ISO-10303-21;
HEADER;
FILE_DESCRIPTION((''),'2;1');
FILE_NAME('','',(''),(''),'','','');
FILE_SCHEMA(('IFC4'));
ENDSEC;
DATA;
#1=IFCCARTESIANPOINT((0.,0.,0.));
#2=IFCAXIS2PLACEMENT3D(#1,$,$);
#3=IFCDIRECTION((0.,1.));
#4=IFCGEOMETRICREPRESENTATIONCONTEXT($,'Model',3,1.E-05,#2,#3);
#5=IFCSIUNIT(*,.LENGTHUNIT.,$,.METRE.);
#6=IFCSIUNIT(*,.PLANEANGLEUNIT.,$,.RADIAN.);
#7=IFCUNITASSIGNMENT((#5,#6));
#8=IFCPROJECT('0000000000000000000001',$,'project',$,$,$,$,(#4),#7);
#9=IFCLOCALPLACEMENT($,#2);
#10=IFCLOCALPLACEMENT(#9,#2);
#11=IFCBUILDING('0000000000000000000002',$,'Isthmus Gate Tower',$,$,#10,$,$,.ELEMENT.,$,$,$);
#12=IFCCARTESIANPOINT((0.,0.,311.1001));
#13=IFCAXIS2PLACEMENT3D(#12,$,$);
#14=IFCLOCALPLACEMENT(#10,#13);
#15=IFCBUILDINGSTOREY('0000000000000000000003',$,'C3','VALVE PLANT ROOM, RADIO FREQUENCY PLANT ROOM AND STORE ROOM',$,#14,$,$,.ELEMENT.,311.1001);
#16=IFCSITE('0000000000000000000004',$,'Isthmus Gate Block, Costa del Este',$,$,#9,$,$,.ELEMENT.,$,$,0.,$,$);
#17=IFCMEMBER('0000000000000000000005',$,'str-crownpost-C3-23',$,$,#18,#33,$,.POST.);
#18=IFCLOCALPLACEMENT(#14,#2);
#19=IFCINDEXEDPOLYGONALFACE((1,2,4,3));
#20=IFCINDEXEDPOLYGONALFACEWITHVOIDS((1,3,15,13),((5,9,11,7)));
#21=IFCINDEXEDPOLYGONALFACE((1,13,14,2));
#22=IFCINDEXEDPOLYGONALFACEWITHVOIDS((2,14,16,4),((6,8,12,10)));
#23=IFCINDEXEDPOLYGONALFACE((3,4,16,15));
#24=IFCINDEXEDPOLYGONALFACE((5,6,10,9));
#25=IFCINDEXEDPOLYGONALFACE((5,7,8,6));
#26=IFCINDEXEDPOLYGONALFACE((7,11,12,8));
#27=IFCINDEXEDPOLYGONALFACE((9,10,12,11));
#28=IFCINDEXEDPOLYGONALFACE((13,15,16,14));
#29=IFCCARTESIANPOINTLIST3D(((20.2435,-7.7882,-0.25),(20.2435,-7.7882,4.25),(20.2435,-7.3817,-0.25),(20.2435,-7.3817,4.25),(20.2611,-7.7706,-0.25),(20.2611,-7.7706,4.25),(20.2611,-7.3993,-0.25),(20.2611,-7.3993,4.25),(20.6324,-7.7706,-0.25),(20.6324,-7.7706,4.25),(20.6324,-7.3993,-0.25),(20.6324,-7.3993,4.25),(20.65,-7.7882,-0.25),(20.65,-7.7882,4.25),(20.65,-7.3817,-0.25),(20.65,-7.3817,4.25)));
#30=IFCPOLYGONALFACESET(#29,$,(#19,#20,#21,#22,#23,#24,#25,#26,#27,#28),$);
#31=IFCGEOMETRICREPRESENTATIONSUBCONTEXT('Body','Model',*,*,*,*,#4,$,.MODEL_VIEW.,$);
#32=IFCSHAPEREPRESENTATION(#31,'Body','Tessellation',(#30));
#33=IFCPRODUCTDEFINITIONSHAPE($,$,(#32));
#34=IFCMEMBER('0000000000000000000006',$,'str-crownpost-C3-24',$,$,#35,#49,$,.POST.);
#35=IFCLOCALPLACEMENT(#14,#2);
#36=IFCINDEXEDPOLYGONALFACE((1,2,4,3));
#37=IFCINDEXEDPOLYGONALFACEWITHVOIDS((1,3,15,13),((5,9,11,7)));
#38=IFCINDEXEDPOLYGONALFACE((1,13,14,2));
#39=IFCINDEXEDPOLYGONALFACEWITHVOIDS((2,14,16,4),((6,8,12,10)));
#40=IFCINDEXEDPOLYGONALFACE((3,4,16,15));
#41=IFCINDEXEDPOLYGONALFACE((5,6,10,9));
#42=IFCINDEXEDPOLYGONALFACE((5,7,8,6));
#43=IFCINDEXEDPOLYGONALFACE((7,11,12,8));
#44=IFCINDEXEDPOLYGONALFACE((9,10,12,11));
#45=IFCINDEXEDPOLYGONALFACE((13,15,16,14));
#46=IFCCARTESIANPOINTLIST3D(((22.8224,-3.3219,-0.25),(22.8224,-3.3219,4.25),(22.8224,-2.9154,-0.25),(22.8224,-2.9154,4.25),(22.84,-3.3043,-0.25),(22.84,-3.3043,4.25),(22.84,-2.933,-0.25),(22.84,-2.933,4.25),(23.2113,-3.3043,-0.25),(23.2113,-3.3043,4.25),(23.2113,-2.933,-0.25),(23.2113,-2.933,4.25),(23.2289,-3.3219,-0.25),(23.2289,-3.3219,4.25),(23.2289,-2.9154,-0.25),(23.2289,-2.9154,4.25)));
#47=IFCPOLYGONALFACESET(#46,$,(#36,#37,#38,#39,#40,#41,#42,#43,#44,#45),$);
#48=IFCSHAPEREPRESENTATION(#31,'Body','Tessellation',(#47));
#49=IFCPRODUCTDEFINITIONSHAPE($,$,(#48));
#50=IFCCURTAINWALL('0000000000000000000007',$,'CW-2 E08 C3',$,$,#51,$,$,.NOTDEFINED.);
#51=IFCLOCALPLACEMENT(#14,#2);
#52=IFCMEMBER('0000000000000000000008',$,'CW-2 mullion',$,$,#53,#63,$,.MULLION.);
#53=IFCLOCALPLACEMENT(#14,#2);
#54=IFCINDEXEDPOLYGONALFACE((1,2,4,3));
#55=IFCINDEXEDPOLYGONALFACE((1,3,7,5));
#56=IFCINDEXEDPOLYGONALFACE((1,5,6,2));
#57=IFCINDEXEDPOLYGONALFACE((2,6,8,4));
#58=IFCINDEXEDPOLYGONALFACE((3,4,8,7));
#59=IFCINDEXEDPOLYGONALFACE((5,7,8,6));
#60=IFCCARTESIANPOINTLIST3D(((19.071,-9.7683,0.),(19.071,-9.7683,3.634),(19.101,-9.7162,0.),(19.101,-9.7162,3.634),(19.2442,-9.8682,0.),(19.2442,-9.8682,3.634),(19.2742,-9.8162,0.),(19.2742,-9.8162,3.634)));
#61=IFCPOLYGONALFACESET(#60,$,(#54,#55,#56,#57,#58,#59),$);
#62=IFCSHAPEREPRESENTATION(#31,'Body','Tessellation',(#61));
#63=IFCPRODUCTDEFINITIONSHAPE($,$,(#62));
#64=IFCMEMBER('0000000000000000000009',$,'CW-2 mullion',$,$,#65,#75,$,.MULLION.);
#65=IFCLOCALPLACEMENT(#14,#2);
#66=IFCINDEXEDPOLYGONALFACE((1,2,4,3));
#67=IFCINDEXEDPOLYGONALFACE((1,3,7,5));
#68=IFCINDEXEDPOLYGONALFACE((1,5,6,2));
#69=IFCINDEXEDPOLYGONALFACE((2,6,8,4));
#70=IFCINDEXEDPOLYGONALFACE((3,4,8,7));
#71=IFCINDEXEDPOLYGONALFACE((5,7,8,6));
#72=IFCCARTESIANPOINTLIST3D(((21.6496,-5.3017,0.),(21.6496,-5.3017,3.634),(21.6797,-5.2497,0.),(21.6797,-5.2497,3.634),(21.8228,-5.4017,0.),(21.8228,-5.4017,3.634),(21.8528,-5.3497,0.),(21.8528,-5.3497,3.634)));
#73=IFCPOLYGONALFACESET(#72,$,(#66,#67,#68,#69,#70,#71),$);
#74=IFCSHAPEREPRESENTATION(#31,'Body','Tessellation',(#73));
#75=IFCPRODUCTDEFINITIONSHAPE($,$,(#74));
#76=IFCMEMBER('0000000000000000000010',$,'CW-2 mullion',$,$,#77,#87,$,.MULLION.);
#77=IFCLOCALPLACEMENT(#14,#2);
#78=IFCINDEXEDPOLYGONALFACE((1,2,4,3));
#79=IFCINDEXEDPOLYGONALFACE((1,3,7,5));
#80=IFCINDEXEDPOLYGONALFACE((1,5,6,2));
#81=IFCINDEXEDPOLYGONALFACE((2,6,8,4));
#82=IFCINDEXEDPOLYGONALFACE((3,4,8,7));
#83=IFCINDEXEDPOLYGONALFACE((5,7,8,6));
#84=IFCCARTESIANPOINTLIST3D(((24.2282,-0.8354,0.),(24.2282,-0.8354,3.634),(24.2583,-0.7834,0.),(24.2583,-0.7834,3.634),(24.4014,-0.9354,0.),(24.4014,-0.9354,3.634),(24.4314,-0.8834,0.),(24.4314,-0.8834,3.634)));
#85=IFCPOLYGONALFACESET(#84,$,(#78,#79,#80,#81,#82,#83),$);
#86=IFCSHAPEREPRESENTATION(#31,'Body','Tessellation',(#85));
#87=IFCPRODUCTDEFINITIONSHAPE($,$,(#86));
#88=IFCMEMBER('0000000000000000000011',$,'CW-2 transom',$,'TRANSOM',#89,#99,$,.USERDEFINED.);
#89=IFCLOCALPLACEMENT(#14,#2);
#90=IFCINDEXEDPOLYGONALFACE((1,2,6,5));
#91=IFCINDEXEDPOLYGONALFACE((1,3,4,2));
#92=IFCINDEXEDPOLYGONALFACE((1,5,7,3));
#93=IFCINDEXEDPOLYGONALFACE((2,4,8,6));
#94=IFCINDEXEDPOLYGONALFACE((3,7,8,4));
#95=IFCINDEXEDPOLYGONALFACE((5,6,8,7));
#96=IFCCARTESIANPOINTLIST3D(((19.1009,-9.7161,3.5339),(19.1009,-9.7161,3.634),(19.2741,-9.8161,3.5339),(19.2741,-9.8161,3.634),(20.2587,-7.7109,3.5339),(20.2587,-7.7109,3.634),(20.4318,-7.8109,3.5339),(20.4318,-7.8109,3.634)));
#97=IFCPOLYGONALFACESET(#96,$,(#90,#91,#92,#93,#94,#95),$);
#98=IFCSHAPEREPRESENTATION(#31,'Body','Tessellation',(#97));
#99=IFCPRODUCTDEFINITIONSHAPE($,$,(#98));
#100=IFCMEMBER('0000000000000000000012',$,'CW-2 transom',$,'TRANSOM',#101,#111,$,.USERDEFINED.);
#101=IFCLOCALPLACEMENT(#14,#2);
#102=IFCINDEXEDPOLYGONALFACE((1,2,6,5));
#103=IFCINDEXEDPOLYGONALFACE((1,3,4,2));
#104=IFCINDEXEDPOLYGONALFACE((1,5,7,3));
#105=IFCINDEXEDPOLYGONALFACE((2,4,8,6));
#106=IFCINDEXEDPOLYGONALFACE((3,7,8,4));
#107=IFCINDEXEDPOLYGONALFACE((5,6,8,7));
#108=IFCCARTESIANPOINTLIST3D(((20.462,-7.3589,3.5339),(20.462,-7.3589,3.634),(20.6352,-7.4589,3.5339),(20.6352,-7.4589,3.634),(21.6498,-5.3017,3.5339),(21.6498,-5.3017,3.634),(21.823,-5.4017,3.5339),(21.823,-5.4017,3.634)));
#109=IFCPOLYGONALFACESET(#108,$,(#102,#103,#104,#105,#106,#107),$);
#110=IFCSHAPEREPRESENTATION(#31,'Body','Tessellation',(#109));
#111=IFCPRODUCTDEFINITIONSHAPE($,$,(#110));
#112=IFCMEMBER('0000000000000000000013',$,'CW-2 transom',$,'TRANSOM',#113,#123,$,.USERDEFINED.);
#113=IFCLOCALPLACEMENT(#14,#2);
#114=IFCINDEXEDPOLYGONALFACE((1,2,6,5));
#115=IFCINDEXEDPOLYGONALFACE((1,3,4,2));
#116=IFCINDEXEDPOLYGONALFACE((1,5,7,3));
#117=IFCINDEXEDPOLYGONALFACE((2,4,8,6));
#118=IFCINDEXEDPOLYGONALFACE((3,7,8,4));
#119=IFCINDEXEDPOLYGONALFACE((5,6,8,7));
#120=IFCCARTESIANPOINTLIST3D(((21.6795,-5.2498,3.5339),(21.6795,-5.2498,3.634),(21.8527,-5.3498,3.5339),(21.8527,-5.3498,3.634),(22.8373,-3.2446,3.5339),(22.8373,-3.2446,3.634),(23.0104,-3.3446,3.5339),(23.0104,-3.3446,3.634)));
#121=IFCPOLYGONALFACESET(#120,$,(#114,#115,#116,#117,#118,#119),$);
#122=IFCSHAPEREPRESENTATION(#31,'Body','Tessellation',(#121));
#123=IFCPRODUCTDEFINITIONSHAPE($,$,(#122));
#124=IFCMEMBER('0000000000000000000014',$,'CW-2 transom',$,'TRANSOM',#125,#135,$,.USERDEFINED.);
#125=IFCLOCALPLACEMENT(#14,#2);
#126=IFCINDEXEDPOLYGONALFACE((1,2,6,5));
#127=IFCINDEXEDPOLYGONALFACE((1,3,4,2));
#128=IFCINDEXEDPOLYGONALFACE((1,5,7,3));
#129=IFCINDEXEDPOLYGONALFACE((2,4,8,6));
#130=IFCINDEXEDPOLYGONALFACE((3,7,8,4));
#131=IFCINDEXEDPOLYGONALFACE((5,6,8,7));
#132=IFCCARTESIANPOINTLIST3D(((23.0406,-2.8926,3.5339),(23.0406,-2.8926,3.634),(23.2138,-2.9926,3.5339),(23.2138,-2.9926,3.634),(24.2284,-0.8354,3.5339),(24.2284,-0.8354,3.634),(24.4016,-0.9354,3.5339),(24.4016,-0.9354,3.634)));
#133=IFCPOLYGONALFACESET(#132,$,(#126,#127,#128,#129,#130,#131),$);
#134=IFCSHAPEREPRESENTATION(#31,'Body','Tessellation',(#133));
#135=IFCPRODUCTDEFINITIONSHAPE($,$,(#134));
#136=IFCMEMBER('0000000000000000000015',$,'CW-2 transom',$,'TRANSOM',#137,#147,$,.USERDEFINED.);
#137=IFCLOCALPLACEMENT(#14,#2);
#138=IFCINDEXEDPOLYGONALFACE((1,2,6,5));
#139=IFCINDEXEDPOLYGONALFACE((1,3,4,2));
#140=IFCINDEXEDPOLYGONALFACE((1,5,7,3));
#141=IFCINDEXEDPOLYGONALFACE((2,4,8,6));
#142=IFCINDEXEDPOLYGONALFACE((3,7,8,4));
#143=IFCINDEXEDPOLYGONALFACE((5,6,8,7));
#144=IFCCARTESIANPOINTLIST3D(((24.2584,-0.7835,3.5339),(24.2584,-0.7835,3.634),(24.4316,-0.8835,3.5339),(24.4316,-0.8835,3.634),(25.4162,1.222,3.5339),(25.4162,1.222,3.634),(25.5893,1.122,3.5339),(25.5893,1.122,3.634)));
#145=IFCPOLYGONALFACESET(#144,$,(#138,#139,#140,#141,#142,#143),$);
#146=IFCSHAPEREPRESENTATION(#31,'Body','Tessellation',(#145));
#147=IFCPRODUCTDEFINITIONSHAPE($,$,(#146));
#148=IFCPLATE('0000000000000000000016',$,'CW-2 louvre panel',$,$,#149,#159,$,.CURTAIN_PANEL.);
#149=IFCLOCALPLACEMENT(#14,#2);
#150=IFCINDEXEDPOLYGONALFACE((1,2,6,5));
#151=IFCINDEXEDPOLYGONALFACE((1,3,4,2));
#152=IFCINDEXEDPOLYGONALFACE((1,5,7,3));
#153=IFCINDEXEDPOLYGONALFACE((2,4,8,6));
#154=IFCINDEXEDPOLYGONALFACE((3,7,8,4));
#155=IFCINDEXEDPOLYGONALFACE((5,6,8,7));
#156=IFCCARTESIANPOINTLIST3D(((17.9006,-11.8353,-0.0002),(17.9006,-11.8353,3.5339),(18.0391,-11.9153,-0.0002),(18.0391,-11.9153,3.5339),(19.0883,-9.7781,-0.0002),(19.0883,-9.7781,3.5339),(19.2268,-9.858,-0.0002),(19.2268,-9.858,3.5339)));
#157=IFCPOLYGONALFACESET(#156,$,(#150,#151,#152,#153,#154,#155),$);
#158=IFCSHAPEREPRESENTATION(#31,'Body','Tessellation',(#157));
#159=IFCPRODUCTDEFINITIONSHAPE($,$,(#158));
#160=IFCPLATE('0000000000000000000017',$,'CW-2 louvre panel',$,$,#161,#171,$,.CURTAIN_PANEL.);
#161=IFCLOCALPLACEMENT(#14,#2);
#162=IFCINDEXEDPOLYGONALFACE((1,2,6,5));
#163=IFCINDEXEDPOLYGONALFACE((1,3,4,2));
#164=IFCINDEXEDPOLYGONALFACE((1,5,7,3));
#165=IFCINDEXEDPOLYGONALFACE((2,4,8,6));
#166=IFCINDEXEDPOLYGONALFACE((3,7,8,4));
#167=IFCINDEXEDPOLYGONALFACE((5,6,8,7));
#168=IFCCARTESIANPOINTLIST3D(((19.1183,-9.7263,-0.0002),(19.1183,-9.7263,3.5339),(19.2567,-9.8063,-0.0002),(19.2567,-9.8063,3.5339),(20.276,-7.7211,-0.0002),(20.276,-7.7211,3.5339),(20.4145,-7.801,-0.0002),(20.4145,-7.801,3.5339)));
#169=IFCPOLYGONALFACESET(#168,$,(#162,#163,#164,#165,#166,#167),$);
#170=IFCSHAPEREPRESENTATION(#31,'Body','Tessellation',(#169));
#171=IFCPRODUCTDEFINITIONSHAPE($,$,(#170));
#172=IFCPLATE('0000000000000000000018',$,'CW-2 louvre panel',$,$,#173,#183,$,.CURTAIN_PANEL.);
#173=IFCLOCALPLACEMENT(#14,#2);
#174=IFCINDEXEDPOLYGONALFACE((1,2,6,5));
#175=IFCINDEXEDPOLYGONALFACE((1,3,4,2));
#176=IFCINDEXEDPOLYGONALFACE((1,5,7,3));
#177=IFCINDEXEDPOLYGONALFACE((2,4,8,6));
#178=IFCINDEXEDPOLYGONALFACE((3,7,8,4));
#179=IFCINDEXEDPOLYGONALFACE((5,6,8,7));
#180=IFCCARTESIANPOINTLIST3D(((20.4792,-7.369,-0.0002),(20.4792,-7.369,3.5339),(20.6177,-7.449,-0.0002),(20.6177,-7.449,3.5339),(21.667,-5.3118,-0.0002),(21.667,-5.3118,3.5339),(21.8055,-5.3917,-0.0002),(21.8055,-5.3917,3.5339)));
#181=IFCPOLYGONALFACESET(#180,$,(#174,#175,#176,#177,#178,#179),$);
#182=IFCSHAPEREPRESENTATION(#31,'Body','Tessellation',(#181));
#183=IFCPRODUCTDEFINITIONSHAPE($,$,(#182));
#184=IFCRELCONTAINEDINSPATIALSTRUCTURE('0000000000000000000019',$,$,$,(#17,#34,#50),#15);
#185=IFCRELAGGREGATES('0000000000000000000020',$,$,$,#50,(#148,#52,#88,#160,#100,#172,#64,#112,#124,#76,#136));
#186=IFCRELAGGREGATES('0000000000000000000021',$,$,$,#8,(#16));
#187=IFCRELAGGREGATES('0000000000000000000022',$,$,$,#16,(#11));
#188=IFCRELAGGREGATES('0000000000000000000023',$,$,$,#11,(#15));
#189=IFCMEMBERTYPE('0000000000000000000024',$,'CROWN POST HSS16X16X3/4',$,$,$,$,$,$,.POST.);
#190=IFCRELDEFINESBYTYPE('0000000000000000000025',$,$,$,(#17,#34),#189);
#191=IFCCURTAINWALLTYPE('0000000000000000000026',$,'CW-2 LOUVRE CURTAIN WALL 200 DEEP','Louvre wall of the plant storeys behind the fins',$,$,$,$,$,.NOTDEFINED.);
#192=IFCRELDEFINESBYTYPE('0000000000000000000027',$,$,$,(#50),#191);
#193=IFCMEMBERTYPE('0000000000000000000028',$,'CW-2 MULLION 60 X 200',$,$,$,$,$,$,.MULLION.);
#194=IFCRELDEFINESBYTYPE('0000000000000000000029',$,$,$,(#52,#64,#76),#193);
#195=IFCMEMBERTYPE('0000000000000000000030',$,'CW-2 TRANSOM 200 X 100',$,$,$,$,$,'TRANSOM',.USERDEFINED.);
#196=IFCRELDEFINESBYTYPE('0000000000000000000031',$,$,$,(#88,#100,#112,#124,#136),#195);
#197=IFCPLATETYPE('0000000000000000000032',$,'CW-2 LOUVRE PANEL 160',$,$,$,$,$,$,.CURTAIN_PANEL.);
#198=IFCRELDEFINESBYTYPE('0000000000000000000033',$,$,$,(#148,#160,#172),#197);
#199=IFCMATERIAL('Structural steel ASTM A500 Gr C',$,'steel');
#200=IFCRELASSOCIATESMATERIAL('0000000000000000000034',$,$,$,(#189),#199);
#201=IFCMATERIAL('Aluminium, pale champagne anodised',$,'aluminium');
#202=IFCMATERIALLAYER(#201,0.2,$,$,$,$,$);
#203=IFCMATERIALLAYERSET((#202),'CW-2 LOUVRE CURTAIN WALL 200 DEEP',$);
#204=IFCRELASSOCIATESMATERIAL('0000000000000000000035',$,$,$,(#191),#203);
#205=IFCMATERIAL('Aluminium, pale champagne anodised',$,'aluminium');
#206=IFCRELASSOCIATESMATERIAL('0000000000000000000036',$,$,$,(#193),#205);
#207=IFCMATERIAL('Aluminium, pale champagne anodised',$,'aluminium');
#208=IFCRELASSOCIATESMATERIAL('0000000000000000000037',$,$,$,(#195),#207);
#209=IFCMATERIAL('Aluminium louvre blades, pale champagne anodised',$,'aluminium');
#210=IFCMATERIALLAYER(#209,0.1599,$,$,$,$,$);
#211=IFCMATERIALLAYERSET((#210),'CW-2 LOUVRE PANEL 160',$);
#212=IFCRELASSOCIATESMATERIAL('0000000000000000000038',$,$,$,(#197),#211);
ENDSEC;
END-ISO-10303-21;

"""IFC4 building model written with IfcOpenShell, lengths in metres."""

from ifc_helpers import new_model, si_unit, direction, frame, origin, origin_2d, place, context, subcontext, project, spatial, rectangle, hollow_rectangle, extrude, material, layer, layer_set, material_profile, profile_set, type_object, element, aggregate, save


model = new_model("IFC4")

# Units and contexts
model_context = context("Model", 3, precision=1e-05, world=origin(), true_north=direction((0.0, 1.0)))
body_context = subcontext(model_context, "Body", "Model", "MODEL_VIEW")
ifc_project = project(units=[si_unit("LENGTHUNIT", "METRE"), si_unit("PLANEANGLEUNIT", "RADIAN")], contexts=[model_context])

# Site, building, storey
site_placement = place(None, origin())
site = spatial("IfcSite", under=ifc_project, at=site_placement, Name="Isthmus Gate Block, Costa del Este", CompositionType="ELEMENT", RefElevation=0.0)
building_placement = place(site_placement, origin())
building = spatial("IfcBuilding", under=site, at=building_placement, Name="Isthmus Gate Tower", CompositionType="ELEMENT")
storey_placement = place(building_placement, frame((0.0, 0.0, 311.1001)))
storey = spatial("IfcBuildingStorey", under=building, at=storey_placement, Name="C3", Description="VALVE PLANT ROOM, RADIO FREQUENCY PLANT ROOM AND STORE ROOM", CompositionType="ELEMENT", Elevation=311.1001)

# Members
ifc_material_1 = material(Name="Structural steel ASTM A500 Gr C", Category="steel")
ifc_material_profile_1 = material_profile(ifc_material_1, hollow_rectangle(XDim=0.4065, YDim=0.4065, WallThickness=0.0176, at=origin_2d()), Name="HSS16X16X3/4")
ifc_profile_set_1 = profile_set([ifc_material_profile_1], Name="Structural steel ASTM A500 Gr C")
member_type_1 = type_object("IfcMemberType", Name="CROWN POST HSS16X16X3/4", PredefinedType="POST", material=ifc_profile_set_1)
for number, where, z_axis, x_axis, name in (
    (1, (20.4468, -7.585, -0.25), (0.0, 0.0, 1.0), (1.0, 0.0, 0.0), "str-crownpost-C3-23"),
    (2, (23.0256, -3.1187, -0.25), (0.0, 0.0, 1.0), (1.0, 0.0, 0.0), "str-crownpost-C3-24"),
):
    element("IfcMember", number, at=place(storey_placement, frame(where, z_axis=z_axis, x_axis=x_axis)), inside=storey, type_object=member_type_1, Name=name, PredefinedType="POST", context=body_context, shape_type="SweptSolid", body=[
        extrude(hollow_rectangle(XDim=0.4065, YDim=0.4065, WallThickness=0.0176, at=origin_2d()), origin(), (0.0, 0.0, 1.0), 4.5),
    ])

# Curtain wall, members, plates
ifc_material_2 = material(Name="Aluminium, pale champagne anodised", Category="aluminium")
ifc_layer_1 = layer(ifc_material_2, 0.2)
ifc_layer_set_1 = layer_set([ifc_layer_1], Name="CW-2 LOUVRE CURTAIN WALL 200 DEEP")
curtain_wall_type = type_object("IfcCurtainWallType", Name="CW-2 LOUVRE CURTAIN WALL 200 DEEP", Description="Louvre wall of the plant storeys behind the fins", PredefinedType="NOTDEFINED", material=ifc_layer_set_1)
curtain_wall_placement = place(storey_placement, origin())
curtain_wall = element("IfcCurtainWall", 3, at=curtain_wall_placement, inside=storey, type_object=curtain_wall_type, Name="CW-2 E08 C3", PredefinedType="NOTDEFINED")
ifc_material_3 = material(Name="Aluminium, pale champagne anodised", Category="aluminium")
ifc_material_profile_2 = material_profile(ifc_material_3, rectangle(XDim=0.0601, YDim=0.2, at=origin_2d()), Name="60x200")
ifc_profile_set_2 = profile_set([ifc_material_profile_2], Name="Aluminium, pale champagne anodised")
member_type_2 = type_object("IfcMemberType", Name="CW-2 MULLION 60 X 200", PredefinedType="MULLION", material=ifc_profile_set_2)
member_1_placement = place(storey_placement, frame((19.1726, -9.7922, 0.0), z_axis=(0.0, 0.0, 1.0), x_axis=(0.5, 0.866025, 0.0)))
member_1 = element("IfcMember", 4, at=member_1_placement, type_object=member_type_2, Name="CW-2 mullion", PredefinedType="MULLION", context=body_context, shape_type="SweptSolid", body=[
    extrude(rectangle(XDim=0.0601, YDim=0.2, at=origin_2d()), origin(), (0.0, 0.0, 1.0), 3.634),
])
member_2_placement = place(storey_placement, frame((21.7512, -5.3257, 0.0), z_axis=(0.0, 0.0, 1.0), x_axis=(0.5, 0.866025, 0.0)))
member_2 = element("IfcMember", 5, at=member_2_placement, type_object=member_type_2, Name="CW-2 mullion", PredefinedType="MULLION", context=body_context, shape_type="SweptSolid", body=[
    extrude(rectangle(XDim=0.0601, YDim=0.2, at=origin_2d()), origin(), (0.0, 0.0, 1.0), 3.634),
])
member_3_placement = place(storey_placement, frame((24.3298, -0.8594, 0.0), z_axis=(0.0, 0.0, 1.0), x_axis=(0.5, 0.866025, 0.0)))
member_3 = element("IfcMember", 6, at=member_3_placement, type_object=member_type_2, Name="CW-2 mullion", PredefinedType="MULLION", context=body_context, shape_type="SweptSolid", body=[
    extrude(rectangle(XDim=0.0601, YDim=0.2, at=origin_2d()), origin(), (0.0, 0.0, 1.0), 3.634),
])
ifc_material_4 = material(Name="Aluminium, pale champagne anodised", Category="aluminium")
ifc_material_profile_3 = material_profile(ifc_material_4, rectangle(XDim=0.2, YDim=0.1001, at=origin_2d()), Name="200x100")
ifc_profile_set_3 = profile_set([ifc_material_profile_3], Name="Aluminium, pale champagne anodised")
member_type_3 = type_object("IfcMemberType", Name="CW-2 TRANSOM 200 X 100", ElementType="TRANSOM", PredefinedType="USERDEFINED", material=ifc_profile_set_3)
member_4_placement = place(storey_placement, frame((19.1875, -9.7661, 3.584), z_axis=(0.500018, 0.866015, 0.0), x_axis=(-0.866015, 0.500018, 0.0)))
member_4 = element("IfcMember", 7, at=member_4_placement, type_object=member_type_3, Name="CW-2 transom", ObjectType="TRANSOM", PredefinedType="USERDEFINED", context=body_context, shape_type="SweptSolid", body=[
    extrude(rectangle(XDim=0.2, YDim=0.1001, at=origin_2d()), origin(), (0.0, 0.0, 1.0), 2.3154),
])
member_5_placement = place(storey_placement, frame((20.5486, -7.4089, 3.584), z_axis=(0.500019, 0.866014, 0.0), x_axis=(-0.866014, 0.500019, 0.0)))
member_5 = element("IfcMember", 8, at=member_5_placement, type_object=member_type_3, Name="CW-2 transom", ObjectType="TRANSOM", PredefinedType="USERDEFINED", context=body_context, shape_type="SweptSolid", body=[
    extrude(rectangle(XDim=0.2, YDim=0.1001, at=origin_2d()), origin(), (0.0, 0.0, 1.0), 2.3755),
])
member_6_placement = place(storey_placement, frame((21.7661, -5.2998, 3.584), z_axis=(0.500018, 0.866015, 0.0), x_axis=(-0.866015, 0.500018, 0.0)))
member_6 = element("IfcMember", 9, at=member_6_placement, type_object=member_type_3, Name="CW-2 transom", ObjectType="TRANSOM", PredefinedType="USERDEFINED", context=body_context, shape_type="SweptSolid", body=[
    extrude(rectangle(XDim=0.2, YDim=0.1001, at=origin_2d()), origin(), (0.0, 0.0, 1.0), 2.3154),
])
member_7_placement = place(storey_placement, frame((23.1272, -2.9426, 3.584), z_axis=(0.500019, 0.866014, 0.0), x_axis=(-0.866014, 0.500019, 0.0)))
member_7 = element("IfcMember", 10, at=member_7_placement, type_object=member_type_3, Name="CW-2 transom", ObjectType="TRANSOM", PredefinedType="USERDEFINED", context=body_context, shape_type="SweptSolid", body=[
    extrude(rectangle(XDim=0.2, YDim=0.1001, at=origin_2d()), origin(), (0.0, 0.0, 1.0), 2.3755),
])
member_8_placement = place(storey_placement, frame((24.345, -0.8335, 3.584), z_axis=(0.499972, 0.866042, 0.0), x_axis=(-0.866042, 0.499972, 0.0)))
member_8 = element("IfcMember", 11, at=member_8_placement, type_object=member_type_3, Name="CW-2 transom", ObjectType="TRANSOM", PredefinedType="USERDEFINED", context=body_context, shape_type="SweptSolid", body=[
    extrude(rectangle(XDim=0.2, YDim=0.1001, at=origin_2d()), origin(), (0.0, 0.0, 1.0), 2.3157),
])
ifc_material_5 = material(Name="Aluminium louvre blades, pale champagne anodised", Category="aluminium")
ifc_layer_2 = layer(ifc_material_5, 0.1599)
ifc_layer_set_2 = layer_set([ifc_layer_2], Name="CW-2 LOUVRE PANEL 160")
plate_type = type_object("IfcPlateType", Name="CW-2 LOUVRE PANEL 160", PredefinedType="CURTAIN_PANEL", material=ifc_layer_set_2)
plate_1_placement = place(storey_placement, frame((18.5637, -10.8467, -0.0002), z_axis=(0.0, 0.0, 1.0), x_axis=(0.5, 0.866025, 0.0)))
plate_1 = element("IfcPlate", 12, at=plate_1_placement, type_object=plate_type, Name="CW-2 louvre panel", PredefinedType="CURTAIN_PANEL", context=body_context, shape_type="SweptSolid", body=[
    extrude(rectangle(XDim=2.3755, YDim=0.1599, at=origin_2d()), origin(), (0.0, 0.0, 1.0), 3.5342),
])
plate_2_placement = place(storey_placement, frame((19.7664, -8.7637, -0.0002), z_axis=(0.0, 0.0, 1.0), x_axis=(0.5, 0.866025, 0.0)))
plate_2 = element("IfcPlate", 13, at=plate_2_placement, type_object=plate_type, Name="CW-2 louvre panel", PredefinedType="CURTAIN_PANEL", context=body_context, shape_type="SweptSolid", body=[
    extrude(rectangle(XDim=2.3154, YDim=0.1599, at=origin_2d()), origin(), (0.0, 0.0, 1.0), 3.5342),
])
plate_3_placement = place(storey_placement, frame((21.1423, -6.3804, -0.0002), z_axis=(0.0, 0.0, 1.0), x_axis=(0.5, 0.866025, 0.0)))
plate_3 = element("IfcPlate", 14, at=plate_3_placement, type_object=plate_type, Name="CW-2 louvre panel", PredefinedType="CURTAIN_PANEL", context=body_context, shape_type="SweptSolid", body=[
    extrude(rectangle(XDim=2.3755, YDim=0.1599, at=origin_2d()), origin(), (0.0, 0.0, 1.0), 3.5342),
])
aggregate(curtain_wall, [plate_1, member_1, member_4, plate_2, member_5, plate_3, member_2, member_6, member_7, member_3, member_8])

save(model, "model.ifc")
